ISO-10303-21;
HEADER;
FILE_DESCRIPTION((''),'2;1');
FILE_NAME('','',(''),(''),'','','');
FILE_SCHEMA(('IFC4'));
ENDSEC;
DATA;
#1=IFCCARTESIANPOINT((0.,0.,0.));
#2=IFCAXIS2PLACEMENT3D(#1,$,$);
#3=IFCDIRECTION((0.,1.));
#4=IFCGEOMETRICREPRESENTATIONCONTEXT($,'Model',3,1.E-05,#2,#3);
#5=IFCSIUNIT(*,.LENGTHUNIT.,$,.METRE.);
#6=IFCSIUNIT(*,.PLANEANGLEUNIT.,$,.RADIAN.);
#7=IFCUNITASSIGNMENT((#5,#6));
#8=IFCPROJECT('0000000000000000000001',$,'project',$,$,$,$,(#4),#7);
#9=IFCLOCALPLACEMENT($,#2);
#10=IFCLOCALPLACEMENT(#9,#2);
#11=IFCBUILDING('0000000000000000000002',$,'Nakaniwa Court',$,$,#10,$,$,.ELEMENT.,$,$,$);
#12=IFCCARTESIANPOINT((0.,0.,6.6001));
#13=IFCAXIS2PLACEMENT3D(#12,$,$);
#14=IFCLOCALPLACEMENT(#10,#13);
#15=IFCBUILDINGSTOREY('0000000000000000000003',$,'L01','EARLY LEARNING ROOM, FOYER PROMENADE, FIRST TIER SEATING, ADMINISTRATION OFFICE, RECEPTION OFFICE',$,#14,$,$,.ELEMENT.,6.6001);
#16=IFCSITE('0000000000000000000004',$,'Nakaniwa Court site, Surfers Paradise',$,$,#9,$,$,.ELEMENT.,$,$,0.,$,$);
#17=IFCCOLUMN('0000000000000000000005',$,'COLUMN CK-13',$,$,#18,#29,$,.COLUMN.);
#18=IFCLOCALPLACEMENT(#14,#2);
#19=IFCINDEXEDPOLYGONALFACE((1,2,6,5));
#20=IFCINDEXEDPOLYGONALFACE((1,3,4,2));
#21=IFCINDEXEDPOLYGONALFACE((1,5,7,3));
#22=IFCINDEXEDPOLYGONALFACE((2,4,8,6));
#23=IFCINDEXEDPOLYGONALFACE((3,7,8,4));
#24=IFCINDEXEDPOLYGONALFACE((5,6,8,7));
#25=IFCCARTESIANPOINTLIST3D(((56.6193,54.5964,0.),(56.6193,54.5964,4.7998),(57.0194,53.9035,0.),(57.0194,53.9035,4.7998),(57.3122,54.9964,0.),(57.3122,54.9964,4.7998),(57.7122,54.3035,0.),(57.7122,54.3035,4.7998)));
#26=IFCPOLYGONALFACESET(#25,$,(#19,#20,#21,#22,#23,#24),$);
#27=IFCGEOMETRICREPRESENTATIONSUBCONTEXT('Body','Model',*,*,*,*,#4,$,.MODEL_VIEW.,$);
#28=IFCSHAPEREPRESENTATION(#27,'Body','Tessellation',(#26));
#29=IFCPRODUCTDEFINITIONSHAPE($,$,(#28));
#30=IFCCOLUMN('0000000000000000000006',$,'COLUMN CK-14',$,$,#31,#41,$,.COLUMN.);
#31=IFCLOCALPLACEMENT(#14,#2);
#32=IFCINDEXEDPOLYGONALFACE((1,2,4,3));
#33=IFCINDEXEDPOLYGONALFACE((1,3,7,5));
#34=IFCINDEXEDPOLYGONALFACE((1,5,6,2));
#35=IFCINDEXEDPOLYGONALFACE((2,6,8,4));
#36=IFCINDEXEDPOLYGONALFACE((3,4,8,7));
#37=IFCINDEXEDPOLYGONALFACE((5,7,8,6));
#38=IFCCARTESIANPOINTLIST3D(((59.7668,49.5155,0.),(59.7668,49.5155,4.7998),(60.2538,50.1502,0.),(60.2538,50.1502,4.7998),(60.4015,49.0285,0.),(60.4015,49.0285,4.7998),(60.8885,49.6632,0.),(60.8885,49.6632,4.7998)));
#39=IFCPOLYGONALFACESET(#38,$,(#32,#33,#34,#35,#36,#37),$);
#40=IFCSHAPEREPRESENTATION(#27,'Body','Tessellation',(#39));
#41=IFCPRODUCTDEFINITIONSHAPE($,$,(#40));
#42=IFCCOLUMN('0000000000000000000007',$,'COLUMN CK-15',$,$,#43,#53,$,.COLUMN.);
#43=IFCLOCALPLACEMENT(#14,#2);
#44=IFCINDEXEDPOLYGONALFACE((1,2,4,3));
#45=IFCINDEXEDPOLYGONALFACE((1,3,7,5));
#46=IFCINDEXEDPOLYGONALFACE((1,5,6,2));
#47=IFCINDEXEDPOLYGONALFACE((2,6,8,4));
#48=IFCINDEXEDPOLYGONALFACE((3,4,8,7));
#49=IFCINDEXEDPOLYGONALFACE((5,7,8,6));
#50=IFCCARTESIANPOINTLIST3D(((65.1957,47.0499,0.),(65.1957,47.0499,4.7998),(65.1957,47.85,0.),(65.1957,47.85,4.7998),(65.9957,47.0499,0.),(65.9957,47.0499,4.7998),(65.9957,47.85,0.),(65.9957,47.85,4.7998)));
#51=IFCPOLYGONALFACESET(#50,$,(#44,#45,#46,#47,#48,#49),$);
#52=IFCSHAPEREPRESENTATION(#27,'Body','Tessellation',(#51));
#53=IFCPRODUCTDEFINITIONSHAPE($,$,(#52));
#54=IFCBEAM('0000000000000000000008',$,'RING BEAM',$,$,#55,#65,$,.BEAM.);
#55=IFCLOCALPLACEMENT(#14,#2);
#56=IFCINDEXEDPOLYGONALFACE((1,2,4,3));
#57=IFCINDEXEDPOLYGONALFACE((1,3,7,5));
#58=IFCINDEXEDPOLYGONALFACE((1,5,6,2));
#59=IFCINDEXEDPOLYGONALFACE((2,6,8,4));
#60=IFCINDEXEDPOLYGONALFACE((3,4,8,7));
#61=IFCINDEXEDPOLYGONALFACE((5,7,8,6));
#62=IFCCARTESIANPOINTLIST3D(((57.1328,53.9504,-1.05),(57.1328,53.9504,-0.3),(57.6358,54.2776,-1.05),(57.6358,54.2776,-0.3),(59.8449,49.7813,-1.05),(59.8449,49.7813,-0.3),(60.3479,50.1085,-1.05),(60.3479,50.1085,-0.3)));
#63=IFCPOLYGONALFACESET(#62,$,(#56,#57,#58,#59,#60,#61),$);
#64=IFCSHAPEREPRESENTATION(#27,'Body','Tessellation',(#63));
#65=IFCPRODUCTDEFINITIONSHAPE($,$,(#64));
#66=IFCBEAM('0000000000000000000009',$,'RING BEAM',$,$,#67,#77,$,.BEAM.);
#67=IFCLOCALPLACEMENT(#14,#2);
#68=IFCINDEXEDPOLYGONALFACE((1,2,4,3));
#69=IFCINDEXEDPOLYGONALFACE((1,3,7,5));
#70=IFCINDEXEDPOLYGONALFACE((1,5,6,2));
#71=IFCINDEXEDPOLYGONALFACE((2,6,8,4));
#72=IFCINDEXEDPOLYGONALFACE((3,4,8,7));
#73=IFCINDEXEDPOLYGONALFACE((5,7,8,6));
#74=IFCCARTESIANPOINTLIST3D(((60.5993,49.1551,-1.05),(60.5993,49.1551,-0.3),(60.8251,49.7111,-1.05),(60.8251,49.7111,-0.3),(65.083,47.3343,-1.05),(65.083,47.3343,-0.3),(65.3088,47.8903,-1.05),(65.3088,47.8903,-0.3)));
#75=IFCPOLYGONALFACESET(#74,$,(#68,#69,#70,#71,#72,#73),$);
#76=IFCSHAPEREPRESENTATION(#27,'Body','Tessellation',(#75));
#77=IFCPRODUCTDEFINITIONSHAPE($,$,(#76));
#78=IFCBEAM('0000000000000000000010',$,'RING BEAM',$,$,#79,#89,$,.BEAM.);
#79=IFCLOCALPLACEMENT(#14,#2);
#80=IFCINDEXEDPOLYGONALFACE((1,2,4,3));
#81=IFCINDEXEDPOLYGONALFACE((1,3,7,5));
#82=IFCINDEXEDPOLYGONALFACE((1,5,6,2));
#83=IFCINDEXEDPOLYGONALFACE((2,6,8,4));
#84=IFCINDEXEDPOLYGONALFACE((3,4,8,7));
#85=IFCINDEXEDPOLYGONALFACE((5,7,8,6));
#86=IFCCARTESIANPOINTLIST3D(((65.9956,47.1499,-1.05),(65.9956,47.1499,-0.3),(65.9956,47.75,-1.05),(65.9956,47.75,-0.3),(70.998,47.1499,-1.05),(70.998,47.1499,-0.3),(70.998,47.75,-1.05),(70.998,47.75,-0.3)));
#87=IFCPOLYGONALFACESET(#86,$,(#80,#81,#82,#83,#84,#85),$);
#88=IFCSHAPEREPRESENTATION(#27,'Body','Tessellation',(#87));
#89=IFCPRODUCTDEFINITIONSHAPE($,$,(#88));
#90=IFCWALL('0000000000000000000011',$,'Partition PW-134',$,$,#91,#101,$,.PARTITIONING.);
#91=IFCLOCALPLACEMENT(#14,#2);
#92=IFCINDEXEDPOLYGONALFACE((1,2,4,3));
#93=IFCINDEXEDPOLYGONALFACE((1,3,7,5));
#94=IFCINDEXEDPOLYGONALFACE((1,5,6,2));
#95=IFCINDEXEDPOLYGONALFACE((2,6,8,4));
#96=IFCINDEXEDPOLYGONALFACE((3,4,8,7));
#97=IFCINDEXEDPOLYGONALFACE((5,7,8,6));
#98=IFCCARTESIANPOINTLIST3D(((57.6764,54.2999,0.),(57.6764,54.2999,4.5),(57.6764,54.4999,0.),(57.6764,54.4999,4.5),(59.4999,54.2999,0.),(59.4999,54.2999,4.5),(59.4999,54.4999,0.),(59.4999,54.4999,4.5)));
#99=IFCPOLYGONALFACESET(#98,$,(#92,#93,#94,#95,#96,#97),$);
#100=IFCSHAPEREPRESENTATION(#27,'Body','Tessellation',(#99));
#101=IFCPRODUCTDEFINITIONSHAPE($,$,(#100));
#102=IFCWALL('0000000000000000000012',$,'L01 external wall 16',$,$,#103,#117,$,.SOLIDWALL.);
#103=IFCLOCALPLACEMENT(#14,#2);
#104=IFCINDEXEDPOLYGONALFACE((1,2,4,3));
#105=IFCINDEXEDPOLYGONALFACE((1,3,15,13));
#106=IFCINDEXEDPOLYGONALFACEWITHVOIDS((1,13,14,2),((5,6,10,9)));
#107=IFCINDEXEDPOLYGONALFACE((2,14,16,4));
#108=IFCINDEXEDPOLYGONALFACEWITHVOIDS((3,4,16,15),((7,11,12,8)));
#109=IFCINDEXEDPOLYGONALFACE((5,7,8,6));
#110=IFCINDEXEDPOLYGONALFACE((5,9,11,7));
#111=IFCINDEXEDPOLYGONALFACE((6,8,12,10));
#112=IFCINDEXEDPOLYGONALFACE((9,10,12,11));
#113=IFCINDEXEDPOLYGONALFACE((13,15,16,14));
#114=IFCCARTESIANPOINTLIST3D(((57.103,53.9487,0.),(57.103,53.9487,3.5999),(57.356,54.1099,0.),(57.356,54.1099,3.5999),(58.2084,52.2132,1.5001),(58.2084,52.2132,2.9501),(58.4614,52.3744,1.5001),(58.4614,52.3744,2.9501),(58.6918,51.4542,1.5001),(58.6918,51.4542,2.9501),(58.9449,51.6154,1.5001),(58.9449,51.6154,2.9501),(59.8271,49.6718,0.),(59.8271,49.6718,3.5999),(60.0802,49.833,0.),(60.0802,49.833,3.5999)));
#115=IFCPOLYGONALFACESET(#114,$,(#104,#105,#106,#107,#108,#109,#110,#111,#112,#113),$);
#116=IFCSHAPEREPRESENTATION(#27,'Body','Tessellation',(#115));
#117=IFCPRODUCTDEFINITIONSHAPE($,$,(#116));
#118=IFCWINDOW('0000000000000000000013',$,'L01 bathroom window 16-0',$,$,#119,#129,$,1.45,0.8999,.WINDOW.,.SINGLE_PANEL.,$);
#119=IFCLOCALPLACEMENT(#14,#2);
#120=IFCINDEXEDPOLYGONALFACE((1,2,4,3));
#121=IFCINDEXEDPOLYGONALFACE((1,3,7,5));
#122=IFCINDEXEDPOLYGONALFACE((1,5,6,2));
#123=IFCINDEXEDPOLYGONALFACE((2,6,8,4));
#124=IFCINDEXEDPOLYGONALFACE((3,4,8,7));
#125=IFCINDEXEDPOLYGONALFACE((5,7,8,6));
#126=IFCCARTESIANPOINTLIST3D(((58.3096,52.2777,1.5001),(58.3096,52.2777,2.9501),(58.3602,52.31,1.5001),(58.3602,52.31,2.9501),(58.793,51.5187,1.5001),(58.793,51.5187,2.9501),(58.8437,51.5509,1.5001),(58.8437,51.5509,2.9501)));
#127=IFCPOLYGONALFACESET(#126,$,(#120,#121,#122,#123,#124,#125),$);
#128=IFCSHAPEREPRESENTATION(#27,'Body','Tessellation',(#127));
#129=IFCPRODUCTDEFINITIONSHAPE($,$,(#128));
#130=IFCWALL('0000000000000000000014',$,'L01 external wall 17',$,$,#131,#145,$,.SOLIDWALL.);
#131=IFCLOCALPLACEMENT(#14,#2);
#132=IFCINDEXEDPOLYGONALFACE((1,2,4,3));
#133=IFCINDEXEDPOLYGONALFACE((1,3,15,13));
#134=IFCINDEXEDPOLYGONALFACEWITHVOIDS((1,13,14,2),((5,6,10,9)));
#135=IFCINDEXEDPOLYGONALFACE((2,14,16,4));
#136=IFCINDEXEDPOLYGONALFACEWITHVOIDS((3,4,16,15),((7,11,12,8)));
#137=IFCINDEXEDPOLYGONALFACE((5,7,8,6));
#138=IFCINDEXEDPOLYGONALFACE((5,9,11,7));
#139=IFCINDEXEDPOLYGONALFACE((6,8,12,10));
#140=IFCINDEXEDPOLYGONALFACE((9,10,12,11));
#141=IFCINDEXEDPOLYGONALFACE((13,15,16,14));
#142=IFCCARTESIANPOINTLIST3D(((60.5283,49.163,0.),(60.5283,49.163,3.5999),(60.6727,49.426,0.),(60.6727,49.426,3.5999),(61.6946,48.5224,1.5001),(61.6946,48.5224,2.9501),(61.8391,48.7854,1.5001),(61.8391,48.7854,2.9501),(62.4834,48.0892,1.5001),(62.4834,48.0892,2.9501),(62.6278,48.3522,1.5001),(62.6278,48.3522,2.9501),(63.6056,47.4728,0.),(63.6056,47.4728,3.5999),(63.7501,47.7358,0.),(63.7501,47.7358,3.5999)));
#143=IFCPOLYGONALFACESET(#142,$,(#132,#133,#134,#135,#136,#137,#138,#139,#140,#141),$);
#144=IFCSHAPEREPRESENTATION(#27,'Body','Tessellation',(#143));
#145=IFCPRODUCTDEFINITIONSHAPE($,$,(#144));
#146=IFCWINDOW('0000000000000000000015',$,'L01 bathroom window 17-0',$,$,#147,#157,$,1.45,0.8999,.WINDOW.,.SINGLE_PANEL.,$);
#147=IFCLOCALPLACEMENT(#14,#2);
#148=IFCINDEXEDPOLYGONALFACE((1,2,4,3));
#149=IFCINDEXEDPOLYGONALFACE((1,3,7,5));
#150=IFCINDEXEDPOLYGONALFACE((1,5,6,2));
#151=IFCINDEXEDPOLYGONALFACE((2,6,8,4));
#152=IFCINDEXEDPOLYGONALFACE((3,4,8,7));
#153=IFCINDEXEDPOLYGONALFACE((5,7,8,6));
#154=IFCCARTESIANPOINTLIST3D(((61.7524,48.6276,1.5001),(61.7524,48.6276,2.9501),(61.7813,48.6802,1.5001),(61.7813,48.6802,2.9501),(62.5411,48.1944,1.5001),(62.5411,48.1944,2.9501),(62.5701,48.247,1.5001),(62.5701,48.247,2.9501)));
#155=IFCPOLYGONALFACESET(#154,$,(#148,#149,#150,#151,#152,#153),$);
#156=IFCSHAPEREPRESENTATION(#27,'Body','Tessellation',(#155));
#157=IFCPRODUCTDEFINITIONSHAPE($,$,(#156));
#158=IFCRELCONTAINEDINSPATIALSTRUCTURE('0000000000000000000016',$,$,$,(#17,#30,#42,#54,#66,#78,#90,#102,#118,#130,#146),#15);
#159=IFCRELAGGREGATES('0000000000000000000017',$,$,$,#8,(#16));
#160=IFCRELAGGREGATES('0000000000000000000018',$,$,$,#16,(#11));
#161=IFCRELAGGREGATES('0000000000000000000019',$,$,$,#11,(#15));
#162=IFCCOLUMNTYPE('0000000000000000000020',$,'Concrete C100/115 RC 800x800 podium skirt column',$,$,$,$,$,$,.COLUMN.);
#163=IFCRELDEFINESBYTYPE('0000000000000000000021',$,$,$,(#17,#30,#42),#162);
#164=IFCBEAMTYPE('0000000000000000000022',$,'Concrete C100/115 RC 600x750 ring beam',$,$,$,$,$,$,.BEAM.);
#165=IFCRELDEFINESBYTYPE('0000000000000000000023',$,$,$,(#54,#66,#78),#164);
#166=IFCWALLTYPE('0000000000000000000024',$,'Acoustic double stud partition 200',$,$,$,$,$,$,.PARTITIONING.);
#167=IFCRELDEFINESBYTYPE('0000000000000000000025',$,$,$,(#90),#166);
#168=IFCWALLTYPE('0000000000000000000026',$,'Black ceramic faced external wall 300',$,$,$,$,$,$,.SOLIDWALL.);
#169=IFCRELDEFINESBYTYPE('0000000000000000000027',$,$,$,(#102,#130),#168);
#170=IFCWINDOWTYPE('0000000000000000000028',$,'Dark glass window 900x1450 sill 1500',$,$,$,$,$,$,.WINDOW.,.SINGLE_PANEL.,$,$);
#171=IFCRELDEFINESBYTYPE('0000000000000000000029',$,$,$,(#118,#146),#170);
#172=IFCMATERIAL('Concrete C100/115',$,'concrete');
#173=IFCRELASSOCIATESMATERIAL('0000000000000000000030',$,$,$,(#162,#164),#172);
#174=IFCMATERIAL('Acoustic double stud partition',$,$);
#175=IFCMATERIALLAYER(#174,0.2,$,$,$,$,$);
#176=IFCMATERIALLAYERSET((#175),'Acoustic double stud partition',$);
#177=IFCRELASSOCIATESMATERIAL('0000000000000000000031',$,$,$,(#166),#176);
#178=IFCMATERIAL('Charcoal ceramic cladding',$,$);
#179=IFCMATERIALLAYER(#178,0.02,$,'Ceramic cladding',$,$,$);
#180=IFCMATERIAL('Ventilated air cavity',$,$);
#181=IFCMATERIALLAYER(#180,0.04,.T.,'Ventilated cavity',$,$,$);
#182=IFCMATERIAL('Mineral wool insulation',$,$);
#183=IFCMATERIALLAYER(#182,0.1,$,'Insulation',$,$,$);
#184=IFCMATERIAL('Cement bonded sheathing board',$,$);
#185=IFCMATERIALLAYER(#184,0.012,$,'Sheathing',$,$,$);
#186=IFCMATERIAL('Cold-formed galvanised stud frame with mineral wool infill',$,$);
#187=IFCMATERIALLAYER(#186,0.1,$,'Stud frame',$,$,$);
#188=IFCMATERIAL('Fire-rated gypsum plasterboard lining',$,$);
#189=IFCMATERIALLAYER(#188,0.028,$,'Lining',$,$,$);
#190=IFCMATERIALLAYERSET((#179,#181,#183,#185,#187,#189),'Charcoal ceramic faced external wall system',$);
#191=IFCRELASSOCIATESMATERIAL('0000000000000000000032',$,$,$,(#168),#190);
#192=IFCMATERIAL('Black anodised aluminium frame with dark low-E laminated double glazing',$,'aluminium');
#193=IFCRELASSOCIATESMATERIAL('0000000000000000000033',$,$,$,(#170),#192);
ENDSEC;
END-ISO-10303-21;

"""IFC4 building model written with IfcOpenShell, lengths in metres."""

from ifc_helpers import new_model, si_unit, direction, frame, frame_2d, origin, origin_2d, place, context, subcontext, project, spatial, rectangle, extrude, material, layer, layer_set, material_profile, profile_set, type_object, element, fill, save


model = new_model("IFC4")

# Units and contexts
model_context = context("Model", 3, precision=1e-05, world=origin(), true_north=direction((0.0, 1.0)))
body_context = subcontext(model_context, "Body", "Model", "MODEL_VIEW")
ifc_project = project(units=[si_unit("LENGTHUNIT", "METRE"), si_unit("PLANEANGLEUNIT", "RADIAN")], contexts=[model_context])

# Site, building, storey
site_placement = place(None, origin())
site = spatial("IfcSite", under=ifc_project, at=site_placement, Name="Nakaniwa Court site, Surfers Paradise", CompositionType="ELEMENT", RefElevation=0.0)
building_placement = place(site_placement, origin())
building = spatial("IfcBuilding", under=site, at=building_placement, Name="Nakaniwa Court", CompositionType="ELEMENT")
storey_placement = place(building_placement, frame((0.0, 0.0, 6.6001)))
storey = spatial("IfcBuildingStorey", under=building, at=storey_placement, Name="L01", Description="EARLY LEARNING ROOM, FOYER PROMENADE, FIRST TIER SEATING, ADMINISTRATION OFFICE, RECEPTION OFFICE", CompositionType="ELEMENT", Elevation=6.6001)

# Columns
ifc_material_1 = material(Name="Concrete C100/115", Category="concrete")
ifc_material_profile_1 = material_profile(ifc_material_1, rectangle(XDim=0.8, YDim=0.8, at=origin_2d()), Name="Concrete C100/115 RC 800x800 podium skirt column")
ifc_profile_set_1 = profile_set([ifc_material_profile_1], Name="Concrete C100/115")
column_type = type_object("IfcColumnType", Name="Concrete C100/115 RC 800x800 podium skirt column", PredefinedType="COLUMN", material=ifc_profile_set_1)
for number, where, z_axis, x_axis, name in (
    (1, (57.1658, 54.45, 0.0), (0.0, 0.0, 1.0), (0.5, -0.866025, 0.0), "COLUMN CK-13"),
    (2, (60.3276, 49.5894, 0.0), (0.0, 0.0, 1.0), (0.793353, -0.608761, 0.0), "COLUMN CK-14"),
    (3, (65.5957, 47.45, 0.0), (0.0, 0.0, 1.0), (1.0, 0.0, 0.0), "COLUMN CK-15"),
):
    element("IfcColumn", number, at=place(storey_placement, frame(where, z_axis=z_axis, x_axis=x_axis)), inside=storey, type_object=column_type, Name=name, PredefinedType="COLUMN", context=body_context, shape_type="SweptSolid", body=[
        extrude(rectangle(XDim=0.8, YDim=0.8, at=origin_2d()), origin(), (0.0, 0.0, 1.0), 4.7998),
    ])

# Beams
ifc_material_profile_2 = material_profile(ifc_material_1, rectangle(XDim=0.6001, YDim=0.75, at=origin_2d()), Name="Concrete C100/115 RC 600x750 ring beam")
ifc_profile_set_2 = profile_set([ifc_material_profile_2], Name="Concrete C100/115")
beam_type = type_object("IfcBeamType", Name="Concrete C100/115 RC 600x750 ring beam", PredefinedType="BEAM", material=ifc_profile_set_2)
beam_1_placement = place(storey_placement, frame((57.3843, 54.114, -0.675), z_axis=(0.545297, -0.838243, 0.0), x_axis=(0.838243, 0.545297, 0.0)))
element("IfcBeam", 4, at=beam_1_placement, inside=storey, type_object=beam_type, Name="RING BEAM", PredefinedType="BEAM", context=body_context, shape_type="SweptSolid", body=[
    extrude(rectangle(XDim=0.6001, YDim=0.75, at=origin_2d()), origin(), (0.0, 0.0, 1.0), 4.9736),
])
beam_2_placement = place(storey_placement, frame((60.7122, 49.4331, -0.675), z_axis=(0.926515, -0.376257, 0.0), x_axis=(0.376257, 0.926515, 0.0)))
element("IfcBeam", 5, at=beam_2_placement, inside=storey, type_object=beam_type, Name="RING BEAM", PredefinedType="BEAM", context=body_context, shape_type="SweptSolid", body=[
    extrude(rectangle(XDim=0.6001, YDim=0.75, at=origin_2d()), origin(), (0.0, 0.0, 1.0), 4.8394),
])
beam_3_placement = place(storey_placement, frame((65.9956, 47.45, -0.675), z_axis=(1.0, 0.0, 0.0), x_axis=(0.0, 1.0, 0.0)))
element("IfcBeam", 6, at=beam_3_placement, inside=storey, type_object=beam_type, Name="RING BEAM", PredefinedType="BEAM", context=body_context, shape_type="SweptSolid", body=[
    extrude(rectangle(XDim=0.6001, YDim=0.75, at=origin_2d()), origin(), (0.0, 0.0, 1.0), 5.0024),
])

# Wall
ifc_material_2 = material(Name="Acoustic double stud partition")
ifc_layer_1 = layer(ifc_material_2, 0.2)
ifc_layer_set_1 = layer_set([ifc_layer_1], Name="Acoustic double stud partition")
wall_type_1 = type_object("IfcWallType", Name="Acoustic double stud partition 200", PredefinedType="PARTITIONING", material=ifc_layer_set_1)
wall_1_placement = place(storey_placement, frame((57.6765, 54.3999, 0.0), z_axis=(0.0, 0.0, 1.0), x_axis=(1.0, 0.0, 0.0)))
element("IfcWall", 7, at=wall_1_placement, inside=storey, type_object=wall_type_1, Name="Partition PW-134", PredefinedType="PARTITIONING", context=body_context, shape_type="SweptSolid", body=[
    extrude(rectangle(XDim=1.8235, YDim=0.2, at=frame_2d((0.9116, 0.0))), origin(), (0.0, 0.0, 1.0), 4.5),
])

# Walls, openings, windows
ifc_material_3 = material(Name="Charcoal ceramic cladding")
ifc_layer_2 = layer(ifc_material_3, 0.02, Name="Ceramic cladding")
ifc_material_4 = material(Name="Ventilated air cavity")
ifc_layer_3 = layer(ifc_material_4, 0.04, ventilated=True, Name="Ventilated cavity")
ifc_material_5 = material(Name="Mineral wool insulation")
ifc_layer_4 = layer(ifc_material_5, 0.1, Name="Insulation")
ifc_material_6 = material(Name="Cement bonded sheathing board")
ifc_layer_5 = layer(ifc_material_6, 0.012, Name="Sheathing")
ifc_material_7 = material(Name="Cold-formed galvanised stud frame with mineral wool infill")
ifc_layer_6 = layer(ifc_material_7, 0.1, Name="Stud frame")
ifc_material_8 = material(Name="Fire-rated gypsum plasterboard lining")
ifc_layer_7 = layer(ifc_material_8, 0.028, Name="Lining")
ifc_layer_set_2 = layer_set([ifc_layer_2, ifc_layer_3, ifc_layer_4, ifc_layer_5, ifc_layer_6, ifc_layer_7], Name="Charcoal ceramic faced external wall system")
wall_type_2 = type_object("IfcWallType", Name="Black ceramic faced external wall 300", PredefinedType="SOLIDWALL", material=ifc_layer_set_2)
wall_2_placement = place(storey_placement, frame((57.2295, 54.0293, 0.0), z_axis=(0.0, 0.0, 1.0), x_axis=(0.537224, -0.843439, 0.0)))
wall_2 = element("IfcWall", 8, at=wall_2_placement, inside=storey, type_object=wall_type_2, Name="L01 external wall 16", PredefinedType="SOLIDWALL", context=body_context, shape_type="SweptSolid", body=[
    extrude(rectangle(XDim=5.0708, YDim=0.3, at=frame_2d((2.5354, 0.0))), origin(), (0.0, 0.0, 1.0), 3.5999),
])
opening_1_placement = place(wall_2_placement, frame((2.0576, 0.0, 1.5)))
opening_1 = element("IfcOpeningElement", 9, at=opening_1_placement, cuts=wall_2, PredefinedType="OPENING", context=body_context, shape_type="SweptSolid", body=[
    extrude(rectangle(XDim=0.8999, YDim=1.45, at=frame_2d((0.45, 0.7251))), frame((0.0, 0.1599, 0.0), z_axis=(0.0, -1.0, 0.0), x_axis=(1.0, 0.0, 0.0)), (0.0, 0.0, 1.0), 0.3201),
])
ifc_material_9 = material(Name="Black anodised aluminium frame with dark low-E laminated double glazing", Category="aluminium")
window_type = type_object("IfcWindowType", Name="Dark glass window 900x1450 sill 1500", PartitioningType="SINGLE_PANEL", PredefinedType="WINDOW", material=ifc_material_9)
window_1_placement = place(opening_1_placement, origin())
window_1 = element("IfcWindow", 10, at=window_1_placement, inside=storey, type_object=window_type, Name="L01 bathroom window 16-0", OverallHeight=1.45, OverallWidth=0.8999, PartitioningType="SINGLE_PANEL", PredefinedType="WINDOW", context=body_context, shape_type="SweptSolid", body=[
    extrude(rectangle(XDim=0.8999, YDim=1.45, at=frame_2d((0.45, 0.7251))), frame((0.0, 0.03, 0.0), z_axis=(0.0, -1.0, 0.0), x_axis=(1.0, 0.0, 0.0)), (0.0, 0.0, 1.0), 0.0601),
])
fill(opening_1, window_1)
wall_3_placement = place(storey_placement, frame((60.6006, 49.2944, 0.0), z_axis=(0.0, 0.0, 1.0), x_axis=(0.876502, -0.481398, 0.0)))
wall_3 = element("IfcWall", 11, at=wall_3_placement, inside=storey, type_object=wall_type_2, Name="L01 external wall 17", PredefinedType="SOLIDWALL", context=body_context, shape_type="SweptSolid", body=[
    extrude(rectangle(XDim=3.511, YDim=0.3, at=frame_2d((1.7554, 0.0))), origin(), (0.0, 0.0, 1.0), 3.5999),
])
opening_2_placement = place(wall_3_placement, frame((1.3306, 0.0, 1.5)))
opening_2 = element("IfcOpeningElement", 12, at=opening_2_placement, cuts=wall_3, PredefinedType="OPENING", context=body_context, shape_type="SweptSolid", body=[
    extrude(rectangle(XDim=0.8999, YDim=1.45, at=frame_2d((0.45, 0.7251))), frame((0.0, 0.1599, 0.0), z_axis=(0.0, -1.0, 0.0), x_axis=(1.0, 0.0, 0.0)), (0.0, 0.0, 1.0), 0.3201),
])
window_2_placement = place(opening_2_placement, origin())
window_2 = element("IfcWindow", 13, at=window_2_placement, inside=storey, type_object=window_type, Name="L01 bathroom window 17-0", OverallHeight=1.45, OverallWidth=0.8999, PartitioningType="SINGLE_PANEL", PredefinedType="WINDOW", context=body_context, shape_type="SweptSolid", body=[
    extrude(rectangle(XDim=0.8999, YDim=1.45, at=frame_2d((0.45, 0.7251))), frame((0.0, 0.03, 0.0), z_axis=(0.0, -1.0, 0.0), x_axis=(1.0, 0.0, 0.0)), (0.0, 0.0, 1.0), 0.0601),
])
fill(opening_2, window_2)

save(model, "model.ifc")
